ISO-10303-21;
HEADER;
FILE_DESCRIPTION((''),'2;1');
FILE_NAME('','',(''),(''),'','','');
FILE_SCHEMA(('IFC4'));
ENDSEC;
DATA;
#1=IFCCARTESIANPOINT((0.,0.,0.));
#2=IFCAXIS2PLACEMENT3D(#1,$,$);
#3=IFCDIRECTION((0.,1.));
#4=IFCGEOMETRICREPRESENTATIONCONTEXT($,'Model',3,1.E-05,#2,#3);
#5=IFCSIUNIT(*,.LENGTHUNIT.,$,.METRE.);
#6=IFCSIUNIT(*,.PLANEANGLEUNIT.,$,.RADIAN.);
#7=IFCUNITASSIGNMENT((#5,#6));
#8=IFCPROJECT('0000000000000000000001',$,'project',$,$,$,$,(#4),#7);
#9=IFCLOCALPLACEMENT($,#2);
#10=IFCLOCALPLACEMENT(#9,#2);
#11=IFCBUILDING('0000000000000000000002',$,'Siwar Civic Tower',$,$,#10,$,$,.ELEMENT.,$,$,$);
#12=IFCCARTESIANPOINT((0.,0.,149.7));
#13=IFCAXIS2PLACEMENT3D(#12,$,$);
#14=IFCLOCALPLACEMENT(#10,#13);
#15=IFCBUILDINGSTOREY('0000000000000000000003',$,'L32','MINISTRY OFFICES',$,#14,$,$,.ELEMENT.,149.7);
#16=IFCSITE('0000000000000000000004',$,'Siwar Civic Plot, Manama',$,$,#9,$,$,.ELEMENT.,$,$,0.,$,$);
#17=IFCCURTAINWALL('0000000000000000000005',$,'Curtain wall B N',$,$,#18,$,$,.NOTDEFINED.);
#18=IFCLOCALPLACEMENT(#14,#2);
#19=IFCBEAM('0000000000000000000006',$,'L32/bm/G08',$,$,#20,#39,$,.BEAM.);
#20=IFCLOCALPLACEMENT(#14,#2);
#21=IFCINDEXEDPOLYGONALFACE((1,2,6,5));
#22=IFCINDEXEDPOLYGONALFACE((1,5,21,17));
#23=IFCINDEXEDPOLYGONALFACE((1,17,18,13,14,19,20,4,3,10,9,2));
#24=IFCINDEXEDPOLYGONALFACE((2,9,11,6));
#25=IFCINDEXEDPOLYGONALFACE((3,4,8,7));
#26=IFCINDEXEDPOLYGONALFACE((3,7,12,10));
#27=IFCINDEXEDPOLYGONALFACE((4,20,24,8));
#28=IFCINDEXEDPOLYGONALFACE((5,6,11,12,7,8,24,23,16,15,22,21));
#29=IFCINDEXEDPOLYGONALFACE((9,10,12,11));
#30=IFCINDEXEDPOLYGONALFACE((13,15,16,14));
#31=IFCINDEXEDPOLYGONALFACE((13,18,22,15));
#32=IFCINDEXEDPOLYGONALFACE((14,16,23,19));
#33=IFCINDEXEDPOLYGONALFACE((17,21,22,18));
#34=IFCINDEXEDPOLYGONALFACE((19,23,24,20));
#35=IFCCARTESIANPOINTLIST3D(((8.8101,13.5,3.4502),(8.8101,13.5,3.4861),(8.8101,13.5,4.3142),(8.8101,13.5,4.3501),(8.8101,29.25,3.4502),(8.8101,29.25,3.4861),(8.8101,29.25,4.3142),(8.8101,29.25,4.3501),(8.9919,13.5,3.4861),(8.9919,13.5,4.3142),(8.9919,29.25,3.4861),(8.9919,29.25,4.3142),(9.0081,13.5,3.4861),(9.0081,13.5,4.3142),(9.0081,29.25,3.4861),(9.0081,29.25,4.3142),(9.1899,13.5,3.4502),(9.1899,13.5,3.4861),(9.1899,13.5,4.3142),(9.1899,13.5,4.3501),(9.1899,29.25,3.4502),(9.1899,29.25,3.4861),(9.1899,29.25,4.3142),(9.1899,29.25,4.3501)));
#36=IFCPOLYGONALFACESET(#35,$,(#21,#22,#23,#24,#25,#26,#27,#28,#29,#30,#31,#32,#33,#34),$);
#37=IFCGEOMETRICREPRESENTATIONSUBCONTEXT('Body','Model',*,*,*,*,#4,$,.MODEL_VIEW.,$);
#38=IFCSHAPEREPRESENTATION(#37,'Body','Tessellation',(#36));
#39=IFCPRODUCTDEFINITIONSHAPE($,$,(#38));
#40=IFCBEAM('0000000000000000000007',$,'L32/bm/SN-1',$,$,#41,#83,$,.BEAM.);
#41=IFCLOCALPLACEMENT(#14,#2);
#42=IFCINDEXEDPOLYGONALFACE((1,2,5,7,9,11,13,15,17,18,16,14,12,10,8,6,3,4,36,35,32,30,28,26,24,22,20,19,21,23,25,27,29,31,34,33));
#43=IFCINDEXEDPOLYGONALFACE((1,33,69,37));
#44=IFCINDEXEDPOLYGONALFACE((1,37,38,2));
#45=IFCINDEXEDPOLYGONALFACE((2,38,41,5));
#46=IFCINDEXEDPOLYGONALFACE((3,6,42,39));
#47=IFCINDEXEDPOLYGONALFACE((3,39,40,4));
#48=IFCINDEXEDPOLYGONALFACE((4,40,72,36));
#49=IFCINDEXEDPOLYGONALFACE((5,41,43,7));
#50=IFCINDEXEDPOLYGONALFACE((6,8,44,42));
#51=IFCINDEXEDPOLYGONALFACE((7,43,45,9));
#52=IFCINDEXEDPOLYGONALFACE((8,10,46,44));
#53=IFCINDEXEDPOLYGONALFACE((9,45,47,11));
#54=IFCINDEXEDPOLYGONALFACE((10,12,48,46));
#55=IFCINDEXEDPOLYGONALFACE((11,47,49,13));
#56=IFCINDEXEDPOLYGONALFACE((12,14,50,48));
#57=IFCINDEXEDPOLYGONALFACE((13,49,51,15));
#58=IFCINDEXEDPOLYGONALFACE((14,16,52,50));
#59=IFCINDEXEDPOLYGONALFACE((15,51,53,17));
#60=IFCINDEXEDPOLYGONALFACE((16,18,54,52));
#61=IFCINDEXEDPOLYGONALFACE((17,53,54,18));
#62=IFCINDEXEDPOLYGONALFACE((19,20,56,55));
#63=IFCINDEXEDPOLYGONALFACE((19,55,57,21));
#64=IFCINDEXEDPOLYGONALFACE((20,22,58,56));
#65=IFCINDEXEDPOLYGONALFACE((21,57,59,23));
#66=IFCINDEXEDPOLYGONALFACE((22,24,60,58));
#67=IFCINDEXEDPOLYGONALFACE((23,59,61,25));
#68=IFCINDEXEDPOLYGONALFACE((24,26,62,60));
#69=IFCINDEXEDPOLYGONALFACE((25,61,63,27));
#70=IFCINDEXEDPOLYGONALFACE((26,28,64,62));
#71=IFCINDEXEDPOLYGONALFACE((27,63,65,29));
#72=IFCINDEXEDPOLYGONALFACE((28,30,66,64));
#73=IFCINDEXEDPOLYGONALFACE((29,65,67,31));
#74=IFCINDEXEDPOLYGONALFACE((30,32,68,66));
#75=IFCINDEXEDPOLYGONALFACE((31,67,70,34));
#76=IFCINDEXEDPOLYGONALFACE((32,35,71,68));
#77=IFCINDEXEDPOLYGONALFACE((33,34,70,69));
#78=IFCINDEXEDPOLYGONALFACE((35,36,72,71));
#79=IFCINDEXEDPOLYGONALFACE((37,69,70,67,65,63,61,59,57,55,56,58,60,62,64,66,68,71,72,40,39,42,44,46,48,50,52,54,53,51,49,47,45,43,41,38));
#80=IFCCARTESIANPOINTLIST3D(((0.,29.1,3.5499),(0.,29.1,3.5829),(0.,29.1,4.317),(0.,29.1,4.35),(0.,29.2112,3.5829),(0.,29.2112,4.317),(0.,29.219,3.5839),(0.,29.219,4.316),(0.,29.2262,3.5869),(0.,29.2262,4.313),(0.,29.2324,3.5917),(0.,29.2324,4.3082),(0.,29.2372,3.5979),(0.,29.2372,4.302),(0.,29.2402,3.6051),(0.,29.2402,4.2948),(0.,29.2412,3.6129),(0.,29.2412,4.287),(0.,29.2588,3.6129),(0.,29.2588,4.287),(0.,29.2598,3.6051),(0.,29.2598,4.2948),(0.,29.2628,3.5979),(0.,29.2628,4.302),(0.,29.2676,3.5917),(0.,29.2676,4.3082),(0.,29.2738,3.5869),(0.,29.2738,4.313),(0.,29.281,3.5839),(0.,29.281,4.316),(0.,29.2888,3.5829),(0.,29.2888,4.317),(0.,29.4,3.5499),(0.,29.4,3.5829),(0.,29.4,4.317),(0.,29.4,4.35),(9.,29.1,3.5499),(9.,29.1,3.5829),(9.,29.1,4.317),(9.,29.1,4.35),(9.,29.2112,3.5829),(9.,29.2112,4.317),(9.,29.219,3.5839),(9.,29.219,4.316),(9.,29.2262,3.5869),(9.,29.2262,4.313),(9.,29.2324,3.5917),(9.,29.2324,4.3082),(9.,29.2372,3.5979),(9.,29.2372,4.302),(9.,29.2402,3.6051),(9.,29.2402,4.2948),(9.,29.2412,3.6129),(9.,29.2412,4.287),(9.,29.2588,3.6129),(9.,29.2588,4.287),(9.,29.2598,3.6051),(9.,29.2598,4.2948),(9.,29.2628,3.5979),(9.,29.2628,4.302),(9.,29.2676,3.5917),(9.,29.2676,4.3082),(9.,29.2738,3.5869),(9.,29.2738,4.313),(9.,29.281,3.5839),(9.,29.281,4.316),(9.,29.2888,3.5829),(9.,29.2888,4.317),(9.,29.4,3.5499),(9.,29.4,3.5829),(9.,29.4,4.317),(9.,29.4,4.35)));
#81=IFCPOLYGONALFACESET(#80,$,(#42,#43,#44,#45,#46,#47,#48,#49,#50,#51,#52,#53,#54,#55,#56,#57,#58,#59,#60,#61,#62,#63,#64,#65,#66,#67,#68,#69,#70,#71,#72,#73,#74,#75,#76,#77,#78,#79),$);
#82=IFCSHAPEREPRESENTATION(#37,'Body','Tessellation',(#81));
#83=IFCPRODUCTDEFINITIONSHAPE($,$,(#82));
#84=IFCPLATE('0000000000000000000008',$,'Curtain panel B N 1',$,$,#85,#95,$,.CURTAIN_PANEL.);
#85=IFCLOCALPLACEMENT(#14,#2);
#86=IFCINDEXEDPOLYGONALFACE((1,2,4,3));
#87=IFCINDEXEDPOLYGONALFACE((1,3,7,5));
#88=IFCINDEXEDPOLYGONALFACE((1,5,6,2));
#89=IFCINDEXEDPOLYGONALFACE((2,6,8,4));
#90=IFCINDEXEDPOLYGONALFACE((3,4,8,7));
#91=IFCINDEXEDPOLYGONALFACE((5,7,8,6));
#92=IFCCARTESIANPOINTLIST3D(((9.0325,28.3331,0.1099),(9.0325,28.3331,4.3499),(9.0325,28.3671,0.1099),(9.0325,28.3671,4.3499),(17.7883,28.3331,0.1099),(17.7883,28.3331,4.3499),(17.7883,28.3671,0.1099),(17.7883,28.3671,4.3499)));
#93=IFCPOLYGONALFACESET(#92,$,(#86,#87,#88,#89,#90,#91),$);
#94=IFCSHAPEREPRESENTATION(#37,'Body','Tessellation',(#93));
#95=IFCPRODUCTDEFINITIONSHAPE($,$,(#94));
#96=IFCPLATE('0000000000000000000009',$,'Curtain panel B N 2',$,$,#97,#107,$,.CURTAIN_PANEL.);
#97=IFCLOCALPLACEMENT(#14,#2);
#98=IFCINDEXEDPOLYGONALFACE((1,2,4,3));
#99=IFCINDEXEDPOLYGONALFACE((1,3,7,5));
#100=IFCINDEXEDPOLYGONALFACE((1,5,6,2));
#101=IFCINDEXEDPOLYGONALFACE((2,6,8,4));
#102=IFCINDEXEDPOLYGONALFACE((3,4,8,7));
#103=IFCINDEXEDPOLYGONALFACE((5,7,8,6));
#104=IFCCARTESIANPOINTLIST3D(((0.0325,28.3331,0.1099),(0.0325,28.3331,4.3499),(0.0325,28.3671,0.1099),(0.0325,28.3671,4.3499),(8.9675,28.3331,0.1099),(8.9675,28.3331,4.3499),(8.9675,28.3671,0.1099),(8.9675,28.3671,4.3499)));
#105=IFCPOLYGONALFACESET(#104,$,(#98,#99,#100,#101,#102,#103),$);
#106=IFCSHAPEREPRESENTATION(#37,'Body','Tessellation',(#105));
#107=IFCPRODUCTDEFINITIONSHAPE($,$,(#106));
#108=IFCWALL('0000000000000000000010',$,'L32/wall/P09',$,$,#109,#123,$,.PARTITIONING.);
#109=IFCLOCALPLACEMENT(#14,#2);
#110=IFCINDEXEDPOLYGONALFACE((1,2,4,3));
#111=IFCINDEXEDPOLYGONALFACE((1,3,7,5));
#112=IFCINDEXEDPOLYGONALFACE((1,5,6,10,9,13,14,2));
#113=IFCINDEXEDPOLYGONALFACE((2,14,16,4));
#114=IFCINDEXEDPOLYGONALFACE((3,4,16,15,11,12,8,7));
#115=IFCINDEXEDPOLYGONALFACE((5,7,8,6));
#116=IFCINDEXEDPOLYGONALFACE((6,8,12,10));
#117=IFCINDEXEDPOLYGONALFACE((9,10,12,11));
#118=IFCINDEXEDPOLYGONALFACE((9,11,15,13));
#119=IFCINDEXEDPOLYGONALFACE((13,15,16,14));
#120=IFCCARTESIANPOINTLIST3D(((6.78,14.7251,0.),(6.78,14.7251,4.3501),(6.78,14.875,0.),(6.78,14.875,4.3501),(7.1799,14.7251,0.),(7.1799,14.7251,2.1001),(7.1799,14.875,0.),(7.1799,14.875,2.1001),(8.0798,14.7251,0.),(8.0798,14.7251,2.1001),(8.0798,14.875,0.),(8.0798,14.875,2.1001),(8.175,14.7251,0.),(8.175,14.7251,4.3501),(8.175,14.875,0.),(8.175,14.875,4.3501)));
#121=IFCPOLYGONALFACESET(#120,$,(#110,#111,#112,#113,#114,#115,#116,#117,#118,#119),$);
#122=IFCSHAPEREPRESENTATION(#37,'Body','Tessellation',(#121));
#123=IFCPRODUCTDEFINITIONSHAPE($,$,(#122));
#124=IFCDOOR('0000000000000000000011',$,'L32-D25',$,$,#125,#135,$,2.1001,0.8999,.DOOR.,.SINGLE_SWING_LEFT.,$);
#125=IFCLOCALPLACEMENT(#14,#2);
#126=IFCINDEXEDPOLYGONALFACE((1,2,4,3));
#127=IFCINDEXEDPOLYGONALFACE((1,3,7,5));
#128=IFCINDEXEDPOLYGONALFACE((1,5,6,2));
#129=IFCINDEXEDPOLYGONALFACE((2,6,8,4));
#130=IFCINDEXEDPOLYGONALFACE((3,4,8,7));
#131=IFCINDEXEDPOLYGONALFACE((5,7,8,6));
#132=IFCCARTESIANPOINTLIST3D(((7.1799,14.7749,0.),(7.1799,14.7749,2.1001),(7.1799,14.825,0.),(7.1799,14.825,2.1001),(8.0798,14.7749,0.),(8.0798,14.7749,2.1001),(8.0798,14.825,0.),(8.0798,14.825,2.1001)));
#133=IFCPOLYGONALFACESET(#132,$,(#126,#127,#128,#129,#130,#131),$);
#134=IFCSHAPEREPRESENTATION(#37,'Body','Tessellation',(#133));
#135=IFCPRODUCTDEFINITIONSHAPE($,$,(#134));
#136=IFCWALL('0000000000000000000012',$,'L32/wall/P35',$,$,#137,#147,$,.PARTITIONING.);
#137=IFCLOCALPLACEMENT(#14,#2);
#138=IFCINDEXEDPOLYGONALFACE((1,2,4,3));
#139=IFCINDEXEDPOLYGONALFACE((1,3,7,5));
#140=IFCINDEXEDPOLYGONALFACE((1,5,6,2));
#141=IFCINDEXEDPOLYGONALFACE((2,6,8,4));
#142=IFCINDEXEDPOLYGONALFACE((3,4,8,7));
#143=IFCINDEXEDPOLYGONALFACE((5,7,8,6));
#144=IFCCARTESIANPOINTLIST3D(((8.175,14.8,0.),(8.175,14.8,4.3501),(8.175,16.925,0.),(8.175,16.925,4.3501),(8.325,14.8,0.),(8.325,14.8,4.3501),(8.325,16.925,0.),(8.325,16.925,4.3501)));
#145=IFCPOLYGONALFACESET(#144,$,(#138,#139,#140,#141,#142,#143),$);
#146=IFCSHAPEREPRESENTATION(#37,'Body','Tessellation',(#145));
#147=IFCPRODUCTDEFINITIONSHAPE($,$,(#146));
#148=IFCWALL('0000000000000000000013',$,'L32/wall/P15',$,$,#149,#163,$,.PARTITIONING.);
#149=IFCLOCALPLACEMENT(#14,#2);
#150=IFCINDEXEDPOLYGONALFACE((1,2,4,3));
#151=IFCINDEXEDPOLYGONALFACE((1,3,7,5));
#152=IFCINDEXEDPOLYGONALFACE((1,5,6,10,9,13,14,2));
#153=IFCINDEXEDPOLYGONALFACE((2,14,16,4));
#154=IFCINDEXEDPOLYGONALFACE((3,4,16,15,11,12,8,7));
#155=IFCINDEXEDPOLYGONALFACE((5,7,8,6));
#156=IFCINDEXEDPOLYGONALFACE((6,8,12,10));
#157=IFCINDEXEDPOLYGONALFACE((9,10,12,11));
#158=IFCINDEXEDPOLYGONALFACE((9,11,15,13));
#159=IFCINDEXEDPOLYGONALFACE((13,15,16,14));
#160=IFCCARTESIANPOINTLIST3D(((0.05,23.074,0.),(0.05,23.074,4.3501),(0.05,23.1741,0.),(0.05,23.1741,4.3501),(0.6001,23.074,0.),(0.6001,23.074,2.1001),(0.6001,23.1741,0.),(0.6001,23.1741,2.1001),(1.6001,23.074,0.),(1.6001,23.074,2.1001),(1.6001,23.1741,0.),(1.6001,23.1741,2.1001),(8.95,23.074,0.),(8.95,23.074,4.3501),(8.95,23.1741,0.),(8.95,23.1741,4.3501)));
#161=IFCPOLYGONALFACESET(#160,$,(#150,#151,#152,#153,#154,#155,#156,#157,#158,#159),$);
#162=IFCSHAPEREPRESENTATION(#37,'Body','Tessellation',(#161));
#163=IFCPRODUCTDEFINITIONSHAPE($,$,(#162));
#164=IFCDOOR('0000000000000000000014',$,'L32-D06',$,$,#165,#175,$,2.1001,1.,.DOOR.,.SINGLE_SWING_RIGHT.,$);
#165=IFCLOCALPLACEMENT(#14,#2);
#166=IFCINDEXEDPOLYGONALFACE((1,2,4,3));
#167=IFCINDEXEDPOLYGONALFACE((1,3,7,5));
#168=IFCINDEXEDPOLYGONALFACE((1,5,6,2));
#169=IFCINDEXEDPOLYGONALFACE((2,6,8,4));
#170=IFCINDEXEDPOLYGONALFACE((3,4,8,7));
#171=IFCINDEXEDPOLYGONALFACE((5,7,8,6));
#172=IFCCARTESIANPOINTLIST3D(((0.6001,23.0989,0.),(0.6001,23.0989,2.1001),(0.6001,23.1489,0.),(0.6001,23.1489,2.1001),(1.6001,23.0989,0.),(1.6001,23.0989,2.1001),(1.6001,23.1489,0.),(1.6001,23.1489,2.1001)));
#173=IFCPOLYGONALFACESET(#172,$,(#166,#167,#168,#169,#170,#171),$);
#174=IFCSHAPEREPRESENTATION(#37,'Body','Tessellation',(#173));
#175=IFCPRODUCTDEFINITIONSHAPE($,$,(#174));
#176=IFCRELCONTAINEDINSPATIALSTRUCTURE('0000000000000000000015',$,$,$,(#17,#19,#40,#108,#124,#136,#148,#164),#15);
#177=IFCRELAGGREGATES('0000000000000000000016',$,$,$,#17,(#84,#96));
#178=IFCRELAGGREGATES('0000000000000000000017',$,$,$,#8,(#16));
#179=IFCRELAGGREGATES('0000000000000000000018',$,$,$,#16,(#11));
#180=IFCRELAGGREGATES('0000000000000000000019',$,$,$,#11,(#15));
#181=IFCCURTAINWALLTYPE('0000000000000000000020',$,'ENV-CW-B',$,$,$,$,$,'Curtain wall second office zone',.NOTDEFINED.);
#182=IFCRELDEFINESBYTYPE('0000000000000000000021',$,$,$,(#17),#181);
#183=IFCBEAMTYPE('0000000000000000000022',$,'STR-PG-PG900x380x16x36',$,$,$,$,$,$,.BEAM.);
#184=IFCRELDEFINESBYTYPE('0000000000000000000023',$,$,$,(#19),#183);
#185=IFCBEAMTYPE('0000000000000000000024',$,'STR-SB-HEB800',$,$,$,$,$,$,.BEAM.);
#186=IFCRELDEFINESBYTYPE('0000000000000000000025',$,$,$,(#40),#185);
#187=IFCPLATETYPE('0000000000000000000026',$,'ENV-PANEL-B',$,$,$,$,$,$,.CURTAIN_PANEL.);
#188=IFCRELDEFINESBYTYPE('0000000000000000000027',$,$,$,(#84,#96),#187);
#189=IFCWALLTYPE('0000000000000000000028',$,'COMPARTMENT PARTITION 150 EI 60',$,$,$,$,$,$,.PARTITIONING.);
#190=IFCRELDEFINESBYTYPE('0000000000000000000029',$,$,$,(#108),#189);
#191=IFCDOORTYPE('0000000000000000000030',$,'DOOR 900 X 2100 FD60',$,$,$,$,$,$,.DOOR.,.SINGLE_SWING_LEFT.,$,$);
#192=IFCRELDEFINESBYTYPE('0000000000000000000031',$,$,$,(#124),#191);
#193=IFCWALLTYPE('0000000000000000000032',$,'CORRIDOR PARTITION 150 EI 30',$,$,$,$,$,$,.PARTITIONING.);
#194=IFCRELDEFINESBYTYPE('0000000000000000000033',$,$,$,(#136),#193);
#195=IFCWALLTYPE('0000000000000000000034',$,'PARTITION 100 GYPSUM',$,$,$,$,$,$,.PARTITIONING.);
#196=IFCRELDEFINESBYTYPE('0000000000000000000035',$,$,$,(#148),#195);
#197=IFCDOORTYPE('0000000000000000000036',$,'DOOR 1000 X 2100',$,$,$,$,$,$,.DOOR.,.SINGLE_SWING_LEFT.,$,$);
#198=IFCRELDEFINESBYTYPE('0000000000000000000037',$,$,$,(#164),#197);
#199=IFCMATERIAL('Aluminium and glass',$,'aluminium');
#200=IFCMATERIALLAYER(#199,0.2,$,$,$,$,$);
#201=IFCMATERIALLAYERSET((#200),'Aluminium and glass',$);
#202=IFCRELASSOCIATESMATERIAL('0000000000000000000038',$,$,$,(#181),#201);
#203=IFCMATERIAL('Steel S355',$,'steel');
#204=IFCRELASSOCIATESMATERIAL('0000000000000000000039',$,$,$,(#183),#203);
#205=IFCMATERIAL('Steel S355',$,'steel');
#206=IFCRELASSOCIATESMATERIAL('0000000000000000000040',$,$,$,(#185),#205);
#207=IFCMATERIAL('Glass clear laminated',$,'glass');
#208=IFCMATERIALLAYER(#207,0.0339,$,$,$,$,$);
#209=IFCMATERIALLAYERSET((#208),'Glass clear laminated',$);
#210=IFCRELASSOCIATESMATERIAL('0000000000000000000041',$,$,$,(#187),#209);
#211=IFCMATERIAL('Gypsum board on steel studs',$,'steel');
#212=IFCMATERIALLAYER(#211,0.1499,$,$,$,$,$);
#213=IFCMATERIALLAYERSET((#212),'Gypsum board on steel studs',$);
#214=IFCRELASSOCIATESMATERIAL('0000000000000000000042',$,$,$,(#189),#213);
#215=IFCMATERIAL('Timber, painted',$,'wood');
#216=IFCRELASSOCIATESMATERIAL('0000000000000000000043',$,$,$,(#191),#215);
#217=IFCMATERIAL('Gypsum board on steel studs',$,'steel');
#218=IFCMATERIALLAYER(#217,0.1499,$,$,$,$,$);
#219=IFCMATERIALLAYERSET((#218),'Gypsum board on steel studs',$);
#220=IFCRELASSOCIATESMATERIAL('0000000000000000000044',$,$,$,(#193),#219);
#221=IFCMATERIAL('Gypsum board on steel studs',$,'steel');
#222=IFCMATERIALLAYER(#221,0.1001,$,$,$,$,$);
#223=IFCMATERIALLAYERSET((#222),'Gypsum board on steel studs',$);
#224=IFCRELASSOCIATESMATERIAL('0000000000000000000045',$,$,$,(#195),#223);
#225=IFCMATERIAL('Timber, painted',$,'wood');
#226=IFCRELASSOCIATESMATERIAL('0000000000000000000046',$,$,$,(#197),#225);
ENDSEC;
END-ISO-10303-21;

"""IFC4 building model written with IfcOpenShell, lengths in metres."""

from ifc_helpers import new_model, si_unit, direction, frame, frame_2d, origin, origin_2d, place, context, subcontext, project, spatial, rectangle, i_section, extrude, material, layer, layer_set, material_profile, profile_set, type_object, element, fill, aggregate, save


model = new_model("IFC4")

# Units and contexts
model_context = context("Model", 3, precision=1e-05, world=origin(), true_north=direction((0.0, 1.0)))
body_context = subcontext(model_context, "Body", "Model", "MODEL_VIEW")
ifc_project = project(units=[si_unit("LENGTHUNIT", "METRE"), si_unit("PLANEANGLEUNIT", "RADIAN")], contexts=[model_context])

# Site, building, storey
site_placement = place(None, origin())
site = spatial("IfcSite", under=ifc_project, at=site_placement, Name="Siwar Civic Plot, Manama", CompositionType="ELEMENT", RefElevation=0.0)
building_placement = place(site_placement, origin())
building = spatial("IfcBuilding", under=site, at=building_placement, Name="Siwar Civic Tower", CompositionType="ELEMENT")
storey_placement = place(building_placement, frame((0.0, 0.0, 149.7)))
storey = spatial("IfcBuildingStorey", under=building, at=storey_placement, Name="L32", Description="MINISTRY OFFICES", CompositionType="ELEMENT", Elevation=149.7)

# Curtain wall
ifc_material_1 = material(Name="Aluminium and glass", Category="aluminium")
ifc_layer_1 = layer(ifc_material_1, 0.2)
ifc_layer_set_1 = layer_set([ifc_layer_1], Name="Aluminium and glass")
curtain_wall_type = type_object("IfcCurtainWallType", Name="ENV-CW-B", ElementType="Curtain wall second office zone", PredefinedType="NOTDEFINED", material=ifc_layer_set_1)
curtain_wall_placement = place(storey_placement, origin())
curtain_wall = element("IfcCurtainWall", 1, at=curtain_wall_placement, inside=storey, type_object=curtain_wall_type, Name="Curtain wall B N", PredefinedType="NOTDEFINED")

# Beams
ifc_material_2 = material(Name="Steel S355", Category="steel")
ifc_material_profile_1 = material_profile(ifc_material_2, i_section(OverallWidth=0.3799, OverallDepth=0.8999, WebThickness=0.0161, FlangeThickness=0.0359, at=origin_2d()), Name="PG900x380x16x36")
ifc_profile_set_1 = profile_set([ifc_material_profile_1], Name="Steel S355")
beam_type_1 = type_object("IfcBeamType", Name="STR-PG-PG900x380x16x36", PredefinedType="BEAM", material=ifc_profile_set_1)
beam_1_placement = place(storey_placement, frame((9.0, 13.5, 3.9001), z_axis=(0.0, 1.0, 0.0), x_axis=(-1.0, 0.0, 0.0)))
element("IfcBeam", 2, at=beam_1_placement, inside=storey, type_object=beam_type_1, Name="L32/bm/G08", PredefinedType="BEAM", context=body_context, shape_type="SweptSolid", body=[
    extrude(i_section(OverallWidth=0.3799, OverallDepth=0.8999, WebThickness=0.0161, FlangeThickness=0.0359, at=origin_2d()), origin(), (0.0, 0.0, 1.0), 15.75),
])
ifc_material_3 = material(Name="Steel S355", Category="steel")
ifc_material_profile_2 = material_profile(ifc_material_3, i_section(OverallWidth=0.3, OverallDepth=0.8, WebThickness=0.0176, FlangeThickness=0.033, FilletRadius=0.03, at=origin_2d()), Name="HEB800")
ifc_profile_set_2 = profile_set([ifc_material_profile_2], Name="Steel S355")
beam_type_2 = type_object("IfcBeamType", Name="STR-SB-HEB800", PredefinedType="BEAM", material=ifc_profile_set_2)
beam_2_placement = place(storey_placement, frame((9.0, 29.25, 3.95), z_axis=(-1.0, 0.0, 0.0), x_axis=(0.0, -1.0, 0.0)))
element("IfcBeam", 3, at=beam_2_placement, inside=storey, type_object=beam_type_2, Name="L32/bm/SN-1", PredefinedType="BEAM", context=body_context, shape_type="SweptSolid", body=[
    extrude(i_section(OverallWidth=0.3, OverallDepth=0.8, WebThickness=0.0176, FlangeThickness=0.033, FilletRadius=0.03, at=origin_2d()), origin(), (0.0, 0.0, 1.0), 9.0),
])

# Plates
ifc_material_4 = material(Name="Glass clear laminated", Category="glass")
ifc_layer_2 = layer(ifc_material_4, 0.0339)
ifc_layer_set_2 = layer_set([ifc_layer_2], Name="Glass clear laminated")
plate_type = type_object("IfcPlateType", Name="ENV-PANEL-B", PredefinedType="CURTAIN_PANEL", material=ifc_layer_set_2)
plate_1_placement = place(storey_placement, frame((13.4104, 28.3501, 0.1099), z_axis=(0.0, 0.0, 1.0), x_axis=(-1.0, 0.0, 0.0)))
plate_1 = element("IfcPlate", 4, at=plate_1_placement, type_object=plate_type, Name="Curtain panel B N 1", PredefinedType="CURTAIN_PANEL", context=body_context, shape_type="SweptSolid", body=[
    extrude(rectangle(XDim=8.7559, YDim=0.0339, at=origin_2d()), origin(), (0.0, 0.0, 1.0), 4.24),
])
plate_2_placement = place(storey_placement, frame((4.5, 28.3501, 0.1099), z_axis=(0.0, 0.0, 1.0), x_axis=(-1.0, 0.0, 0.0)))
plate_2 = element("IfcPlate", 5, at=plate_2_placement, type_object=plate_type, Name="Curtain panel B N 2", PredefinedType="CURTAIN_PANEL", context=body_context, shape_type="SweptSolid", body=[
    extrude(rectangle(XDim=8.9351, YDim=0.0339, at=origin_2d()), origin(), (0.0, 0.0, 1.0), 4.24),
])
aggregate(curtain_wall, [plate_1, plate_2])

# Wall, opening, door
ifc_material_5 = material(Name="Gypsum board on steel studs", Category="steel")
ifc_layer_3 = layer(ifc_material_5, 0.1499)
ifc_layer_set_3 = layer_set([ifc_layer_3], Name="Gypsum board on steel studs")
wall_type_1 = type_object("IfcWallType", Name="COMPARTMENT PARTITION 150 EI 60", PredefinedType="PARTITIONING", material=ifc_layer_set_3)
wall_1_placement = place(storey_placement, frame((6.78, 14.8, 0.0), z_axis=(0.0, 0.0, 1.0), x_axis=(1.0, 0.0, 0.0)))
wall_1 = element("IfcWall", 6, at=wall_1_placement, inside=storey, type_object=wall_type_1, Name="L32/wall/P09", PredefinedType="PARTITIONING", context=body_context, shape_type="SweptSolid", body=[
    extrude(rectangle(XDim=1.395, YDim=0.1499, at=frame_2d((0.6975, 0.0))), origin(), (0.0, 0.0, 1.0), 4.3501),
])
opening_1_placement = place(wall_1_placement, frame((0.3999, 0.0, 0.0)))
opening_1 = element("IfcOpeningElement", 7, at=opening_1_placement, cuts=wall_1, PredefinedType="OPENING", context=body_context, shape_type="SweptSolid", body=[
    extrude(rectangle(XDim=0.8999, YDim=2.1001, at=frame_2d((0.45, 1.05))), frame((0.0, 0.085, 0.0), z_axis=(0.0, -1.0, 0.0), x_axis=(1.0, 0.0, 0.0)), (0.0, 0.0, 1.0), 0.1699),
])
ifc_material_6 = material(Name="Timber, painted", Category="wood")
door_type_1 = type_object("IfcDoorType", Name="DOOR 900 X 2100 FD60", OperationType="SINGLE_SWING_LEFT", PredefinedType="DOOR", material=ifc_material_6)
door_1_placement = place(opening_1_placement, origin())
door_1 = element("IfcDoor", 8, at=door_1_placement, inside=storey, type_object=door_type_1, Name="L32-D25", OperationType="SINGLE_SWING_LEFT", OverallHeight=2.1001, OverallWidth=0.8999, PredefinedType="DOOR", context=body_context, shape_type="SweptSolid", body=[
    extrude(rectangle(XDim=0.8999, YDim=2.1001, at=frame_2d((0.45, 1.05))), frame((0.0, 0.0249, 0.0), z_axis=(0.0, -1.0, 0.0), x_axis=(1.0, 0.0, 0.0)), (0.0, 0.0, 1.0), 0.05),
])
fill(opening_1, door_1)

# Wall
ifc_material_7 = material(Name="Gypsum board on steel studs", Category="steel")
ifc_layer_4 = layer(ifc_material_7, 0.1499)
ifc_layer_set_4 = layer_set([ifc_layer_4], Name="Gypsum board on steel studs")
wall_type_2 = type_object("IfcWallType", Name="CORRIDOR PARTITION 150 EI 30", PredefinedType="PARTITIONING", material=ifc_layer_set_4)
wall_2_placement = place(storey_placement, frame((8.25, 14.8, 0.0), z_axis=(0.0, 0.0, 1.0), x_axis=(0.0, 1.0, 0.0)))
element("IfcWall", 9, at=wall_2_placement, inside=storey, type_object=wall_type_2, Name="L32/wall/P35", PredefinedType="PARTITIONING", context=body_context, shape_type="SweptSolid", body=[
    extrude(rectangle(XDim=2.125, YDim=0.1499, at=frame_2d((1.0625, 0.0))), origin(), (0.0, 0.0, 1.0), 4.3501),
])

# Wall, opening, door
ifc_material_8 = material(Name="Gypsum board on steel studs", Category="steel")
ifc_layer_5 = layer(ifc_material_8, 0.1001)
ifc_layer_set_5 = layer_set([ifc_layer_5], Name="Gypsum board on steel studs")
wall_type_3 = type_object("IfcWallType", Name="PARTITION 100 GYPSUM", PredefinedType="PARTITIONING", material=ifc_layer_set_5)
wall_3_placement = place(storey_placement, frame((0.05, 23.124, 0.0), z_axis=(0.0, 0.0, 1.0), x_axis=(1.0, 0.0, 0.0)))
wall_3 = element("IfcWall", 10, at=wall_3_placement, inside=storey, type_object=wall_type_3, Name="L32/wall/P15", PredefinedType="PARTITIONING", context=body_context, shape_type="SweptSolid", body=[
    extrude(rectangle(XDim=8.8999, YDim=0.1001, at=frame_2d((4.45, 0.0))), origin(), (0.0, 0.0, 1.0), 4.3501),
])
opening_2_placement = place(wall_3_placement, frame((0.55, 0.0, 0.0)))
opening_2 = element("IfcOpeningElement", 11, at=opening_2_placement, cuts=wall_3, PredefinedType="OPENING", context=body_context, shape_type="SweptSolid", body=[
    extrude(rectangle(XDim=1.0, YDim=2.1001, at=frame_2d((0.5, 1.05))), frame((0.0, 0.0601, 0.0), z_axis=(0.0, -1.0, 0.0), x_axis=(1.0, 0.0, 0.0)), (0.0, 0.0, 1.0), 0.1201),
])
ifc_material_9 = material(Name="Timber, painted", Category="wood")
door_type_2 = type_object("IfcDoorType", Name="DOOR 1000 X 2100", OperationType="SINGLE_SWING_LEFT", PredefinedType="DOOR", material=ifc_material_9)
door_2_placement = place(opening_2_placement, origin())
door_2 = element("IfcDoor", 12, at=door_2_placement, inside=storey, type_object=door_type_2, Name="L32-D06", OperationType="SINGLE_SWING_RIGHT", OverallHeight=2.1001, OverallWidth=1.0, PredefinedType="DOOR", context=body_context, shape_type="SweptSolid", body=[
    extrude(rectangle(XDim=1.0, YDim=2.1001, at=frame_2d((0.5, 1.05))), frame((0.0, 0.0249, 0.0), z_axis=(0.0, -1.0, 0.0), x_axis=(1.0, 0.0, 0.0)), (0.0, 0.0, 1.0), 0.05),
])
fill(opening_2, door_2)

save(model, "model.ifc")
